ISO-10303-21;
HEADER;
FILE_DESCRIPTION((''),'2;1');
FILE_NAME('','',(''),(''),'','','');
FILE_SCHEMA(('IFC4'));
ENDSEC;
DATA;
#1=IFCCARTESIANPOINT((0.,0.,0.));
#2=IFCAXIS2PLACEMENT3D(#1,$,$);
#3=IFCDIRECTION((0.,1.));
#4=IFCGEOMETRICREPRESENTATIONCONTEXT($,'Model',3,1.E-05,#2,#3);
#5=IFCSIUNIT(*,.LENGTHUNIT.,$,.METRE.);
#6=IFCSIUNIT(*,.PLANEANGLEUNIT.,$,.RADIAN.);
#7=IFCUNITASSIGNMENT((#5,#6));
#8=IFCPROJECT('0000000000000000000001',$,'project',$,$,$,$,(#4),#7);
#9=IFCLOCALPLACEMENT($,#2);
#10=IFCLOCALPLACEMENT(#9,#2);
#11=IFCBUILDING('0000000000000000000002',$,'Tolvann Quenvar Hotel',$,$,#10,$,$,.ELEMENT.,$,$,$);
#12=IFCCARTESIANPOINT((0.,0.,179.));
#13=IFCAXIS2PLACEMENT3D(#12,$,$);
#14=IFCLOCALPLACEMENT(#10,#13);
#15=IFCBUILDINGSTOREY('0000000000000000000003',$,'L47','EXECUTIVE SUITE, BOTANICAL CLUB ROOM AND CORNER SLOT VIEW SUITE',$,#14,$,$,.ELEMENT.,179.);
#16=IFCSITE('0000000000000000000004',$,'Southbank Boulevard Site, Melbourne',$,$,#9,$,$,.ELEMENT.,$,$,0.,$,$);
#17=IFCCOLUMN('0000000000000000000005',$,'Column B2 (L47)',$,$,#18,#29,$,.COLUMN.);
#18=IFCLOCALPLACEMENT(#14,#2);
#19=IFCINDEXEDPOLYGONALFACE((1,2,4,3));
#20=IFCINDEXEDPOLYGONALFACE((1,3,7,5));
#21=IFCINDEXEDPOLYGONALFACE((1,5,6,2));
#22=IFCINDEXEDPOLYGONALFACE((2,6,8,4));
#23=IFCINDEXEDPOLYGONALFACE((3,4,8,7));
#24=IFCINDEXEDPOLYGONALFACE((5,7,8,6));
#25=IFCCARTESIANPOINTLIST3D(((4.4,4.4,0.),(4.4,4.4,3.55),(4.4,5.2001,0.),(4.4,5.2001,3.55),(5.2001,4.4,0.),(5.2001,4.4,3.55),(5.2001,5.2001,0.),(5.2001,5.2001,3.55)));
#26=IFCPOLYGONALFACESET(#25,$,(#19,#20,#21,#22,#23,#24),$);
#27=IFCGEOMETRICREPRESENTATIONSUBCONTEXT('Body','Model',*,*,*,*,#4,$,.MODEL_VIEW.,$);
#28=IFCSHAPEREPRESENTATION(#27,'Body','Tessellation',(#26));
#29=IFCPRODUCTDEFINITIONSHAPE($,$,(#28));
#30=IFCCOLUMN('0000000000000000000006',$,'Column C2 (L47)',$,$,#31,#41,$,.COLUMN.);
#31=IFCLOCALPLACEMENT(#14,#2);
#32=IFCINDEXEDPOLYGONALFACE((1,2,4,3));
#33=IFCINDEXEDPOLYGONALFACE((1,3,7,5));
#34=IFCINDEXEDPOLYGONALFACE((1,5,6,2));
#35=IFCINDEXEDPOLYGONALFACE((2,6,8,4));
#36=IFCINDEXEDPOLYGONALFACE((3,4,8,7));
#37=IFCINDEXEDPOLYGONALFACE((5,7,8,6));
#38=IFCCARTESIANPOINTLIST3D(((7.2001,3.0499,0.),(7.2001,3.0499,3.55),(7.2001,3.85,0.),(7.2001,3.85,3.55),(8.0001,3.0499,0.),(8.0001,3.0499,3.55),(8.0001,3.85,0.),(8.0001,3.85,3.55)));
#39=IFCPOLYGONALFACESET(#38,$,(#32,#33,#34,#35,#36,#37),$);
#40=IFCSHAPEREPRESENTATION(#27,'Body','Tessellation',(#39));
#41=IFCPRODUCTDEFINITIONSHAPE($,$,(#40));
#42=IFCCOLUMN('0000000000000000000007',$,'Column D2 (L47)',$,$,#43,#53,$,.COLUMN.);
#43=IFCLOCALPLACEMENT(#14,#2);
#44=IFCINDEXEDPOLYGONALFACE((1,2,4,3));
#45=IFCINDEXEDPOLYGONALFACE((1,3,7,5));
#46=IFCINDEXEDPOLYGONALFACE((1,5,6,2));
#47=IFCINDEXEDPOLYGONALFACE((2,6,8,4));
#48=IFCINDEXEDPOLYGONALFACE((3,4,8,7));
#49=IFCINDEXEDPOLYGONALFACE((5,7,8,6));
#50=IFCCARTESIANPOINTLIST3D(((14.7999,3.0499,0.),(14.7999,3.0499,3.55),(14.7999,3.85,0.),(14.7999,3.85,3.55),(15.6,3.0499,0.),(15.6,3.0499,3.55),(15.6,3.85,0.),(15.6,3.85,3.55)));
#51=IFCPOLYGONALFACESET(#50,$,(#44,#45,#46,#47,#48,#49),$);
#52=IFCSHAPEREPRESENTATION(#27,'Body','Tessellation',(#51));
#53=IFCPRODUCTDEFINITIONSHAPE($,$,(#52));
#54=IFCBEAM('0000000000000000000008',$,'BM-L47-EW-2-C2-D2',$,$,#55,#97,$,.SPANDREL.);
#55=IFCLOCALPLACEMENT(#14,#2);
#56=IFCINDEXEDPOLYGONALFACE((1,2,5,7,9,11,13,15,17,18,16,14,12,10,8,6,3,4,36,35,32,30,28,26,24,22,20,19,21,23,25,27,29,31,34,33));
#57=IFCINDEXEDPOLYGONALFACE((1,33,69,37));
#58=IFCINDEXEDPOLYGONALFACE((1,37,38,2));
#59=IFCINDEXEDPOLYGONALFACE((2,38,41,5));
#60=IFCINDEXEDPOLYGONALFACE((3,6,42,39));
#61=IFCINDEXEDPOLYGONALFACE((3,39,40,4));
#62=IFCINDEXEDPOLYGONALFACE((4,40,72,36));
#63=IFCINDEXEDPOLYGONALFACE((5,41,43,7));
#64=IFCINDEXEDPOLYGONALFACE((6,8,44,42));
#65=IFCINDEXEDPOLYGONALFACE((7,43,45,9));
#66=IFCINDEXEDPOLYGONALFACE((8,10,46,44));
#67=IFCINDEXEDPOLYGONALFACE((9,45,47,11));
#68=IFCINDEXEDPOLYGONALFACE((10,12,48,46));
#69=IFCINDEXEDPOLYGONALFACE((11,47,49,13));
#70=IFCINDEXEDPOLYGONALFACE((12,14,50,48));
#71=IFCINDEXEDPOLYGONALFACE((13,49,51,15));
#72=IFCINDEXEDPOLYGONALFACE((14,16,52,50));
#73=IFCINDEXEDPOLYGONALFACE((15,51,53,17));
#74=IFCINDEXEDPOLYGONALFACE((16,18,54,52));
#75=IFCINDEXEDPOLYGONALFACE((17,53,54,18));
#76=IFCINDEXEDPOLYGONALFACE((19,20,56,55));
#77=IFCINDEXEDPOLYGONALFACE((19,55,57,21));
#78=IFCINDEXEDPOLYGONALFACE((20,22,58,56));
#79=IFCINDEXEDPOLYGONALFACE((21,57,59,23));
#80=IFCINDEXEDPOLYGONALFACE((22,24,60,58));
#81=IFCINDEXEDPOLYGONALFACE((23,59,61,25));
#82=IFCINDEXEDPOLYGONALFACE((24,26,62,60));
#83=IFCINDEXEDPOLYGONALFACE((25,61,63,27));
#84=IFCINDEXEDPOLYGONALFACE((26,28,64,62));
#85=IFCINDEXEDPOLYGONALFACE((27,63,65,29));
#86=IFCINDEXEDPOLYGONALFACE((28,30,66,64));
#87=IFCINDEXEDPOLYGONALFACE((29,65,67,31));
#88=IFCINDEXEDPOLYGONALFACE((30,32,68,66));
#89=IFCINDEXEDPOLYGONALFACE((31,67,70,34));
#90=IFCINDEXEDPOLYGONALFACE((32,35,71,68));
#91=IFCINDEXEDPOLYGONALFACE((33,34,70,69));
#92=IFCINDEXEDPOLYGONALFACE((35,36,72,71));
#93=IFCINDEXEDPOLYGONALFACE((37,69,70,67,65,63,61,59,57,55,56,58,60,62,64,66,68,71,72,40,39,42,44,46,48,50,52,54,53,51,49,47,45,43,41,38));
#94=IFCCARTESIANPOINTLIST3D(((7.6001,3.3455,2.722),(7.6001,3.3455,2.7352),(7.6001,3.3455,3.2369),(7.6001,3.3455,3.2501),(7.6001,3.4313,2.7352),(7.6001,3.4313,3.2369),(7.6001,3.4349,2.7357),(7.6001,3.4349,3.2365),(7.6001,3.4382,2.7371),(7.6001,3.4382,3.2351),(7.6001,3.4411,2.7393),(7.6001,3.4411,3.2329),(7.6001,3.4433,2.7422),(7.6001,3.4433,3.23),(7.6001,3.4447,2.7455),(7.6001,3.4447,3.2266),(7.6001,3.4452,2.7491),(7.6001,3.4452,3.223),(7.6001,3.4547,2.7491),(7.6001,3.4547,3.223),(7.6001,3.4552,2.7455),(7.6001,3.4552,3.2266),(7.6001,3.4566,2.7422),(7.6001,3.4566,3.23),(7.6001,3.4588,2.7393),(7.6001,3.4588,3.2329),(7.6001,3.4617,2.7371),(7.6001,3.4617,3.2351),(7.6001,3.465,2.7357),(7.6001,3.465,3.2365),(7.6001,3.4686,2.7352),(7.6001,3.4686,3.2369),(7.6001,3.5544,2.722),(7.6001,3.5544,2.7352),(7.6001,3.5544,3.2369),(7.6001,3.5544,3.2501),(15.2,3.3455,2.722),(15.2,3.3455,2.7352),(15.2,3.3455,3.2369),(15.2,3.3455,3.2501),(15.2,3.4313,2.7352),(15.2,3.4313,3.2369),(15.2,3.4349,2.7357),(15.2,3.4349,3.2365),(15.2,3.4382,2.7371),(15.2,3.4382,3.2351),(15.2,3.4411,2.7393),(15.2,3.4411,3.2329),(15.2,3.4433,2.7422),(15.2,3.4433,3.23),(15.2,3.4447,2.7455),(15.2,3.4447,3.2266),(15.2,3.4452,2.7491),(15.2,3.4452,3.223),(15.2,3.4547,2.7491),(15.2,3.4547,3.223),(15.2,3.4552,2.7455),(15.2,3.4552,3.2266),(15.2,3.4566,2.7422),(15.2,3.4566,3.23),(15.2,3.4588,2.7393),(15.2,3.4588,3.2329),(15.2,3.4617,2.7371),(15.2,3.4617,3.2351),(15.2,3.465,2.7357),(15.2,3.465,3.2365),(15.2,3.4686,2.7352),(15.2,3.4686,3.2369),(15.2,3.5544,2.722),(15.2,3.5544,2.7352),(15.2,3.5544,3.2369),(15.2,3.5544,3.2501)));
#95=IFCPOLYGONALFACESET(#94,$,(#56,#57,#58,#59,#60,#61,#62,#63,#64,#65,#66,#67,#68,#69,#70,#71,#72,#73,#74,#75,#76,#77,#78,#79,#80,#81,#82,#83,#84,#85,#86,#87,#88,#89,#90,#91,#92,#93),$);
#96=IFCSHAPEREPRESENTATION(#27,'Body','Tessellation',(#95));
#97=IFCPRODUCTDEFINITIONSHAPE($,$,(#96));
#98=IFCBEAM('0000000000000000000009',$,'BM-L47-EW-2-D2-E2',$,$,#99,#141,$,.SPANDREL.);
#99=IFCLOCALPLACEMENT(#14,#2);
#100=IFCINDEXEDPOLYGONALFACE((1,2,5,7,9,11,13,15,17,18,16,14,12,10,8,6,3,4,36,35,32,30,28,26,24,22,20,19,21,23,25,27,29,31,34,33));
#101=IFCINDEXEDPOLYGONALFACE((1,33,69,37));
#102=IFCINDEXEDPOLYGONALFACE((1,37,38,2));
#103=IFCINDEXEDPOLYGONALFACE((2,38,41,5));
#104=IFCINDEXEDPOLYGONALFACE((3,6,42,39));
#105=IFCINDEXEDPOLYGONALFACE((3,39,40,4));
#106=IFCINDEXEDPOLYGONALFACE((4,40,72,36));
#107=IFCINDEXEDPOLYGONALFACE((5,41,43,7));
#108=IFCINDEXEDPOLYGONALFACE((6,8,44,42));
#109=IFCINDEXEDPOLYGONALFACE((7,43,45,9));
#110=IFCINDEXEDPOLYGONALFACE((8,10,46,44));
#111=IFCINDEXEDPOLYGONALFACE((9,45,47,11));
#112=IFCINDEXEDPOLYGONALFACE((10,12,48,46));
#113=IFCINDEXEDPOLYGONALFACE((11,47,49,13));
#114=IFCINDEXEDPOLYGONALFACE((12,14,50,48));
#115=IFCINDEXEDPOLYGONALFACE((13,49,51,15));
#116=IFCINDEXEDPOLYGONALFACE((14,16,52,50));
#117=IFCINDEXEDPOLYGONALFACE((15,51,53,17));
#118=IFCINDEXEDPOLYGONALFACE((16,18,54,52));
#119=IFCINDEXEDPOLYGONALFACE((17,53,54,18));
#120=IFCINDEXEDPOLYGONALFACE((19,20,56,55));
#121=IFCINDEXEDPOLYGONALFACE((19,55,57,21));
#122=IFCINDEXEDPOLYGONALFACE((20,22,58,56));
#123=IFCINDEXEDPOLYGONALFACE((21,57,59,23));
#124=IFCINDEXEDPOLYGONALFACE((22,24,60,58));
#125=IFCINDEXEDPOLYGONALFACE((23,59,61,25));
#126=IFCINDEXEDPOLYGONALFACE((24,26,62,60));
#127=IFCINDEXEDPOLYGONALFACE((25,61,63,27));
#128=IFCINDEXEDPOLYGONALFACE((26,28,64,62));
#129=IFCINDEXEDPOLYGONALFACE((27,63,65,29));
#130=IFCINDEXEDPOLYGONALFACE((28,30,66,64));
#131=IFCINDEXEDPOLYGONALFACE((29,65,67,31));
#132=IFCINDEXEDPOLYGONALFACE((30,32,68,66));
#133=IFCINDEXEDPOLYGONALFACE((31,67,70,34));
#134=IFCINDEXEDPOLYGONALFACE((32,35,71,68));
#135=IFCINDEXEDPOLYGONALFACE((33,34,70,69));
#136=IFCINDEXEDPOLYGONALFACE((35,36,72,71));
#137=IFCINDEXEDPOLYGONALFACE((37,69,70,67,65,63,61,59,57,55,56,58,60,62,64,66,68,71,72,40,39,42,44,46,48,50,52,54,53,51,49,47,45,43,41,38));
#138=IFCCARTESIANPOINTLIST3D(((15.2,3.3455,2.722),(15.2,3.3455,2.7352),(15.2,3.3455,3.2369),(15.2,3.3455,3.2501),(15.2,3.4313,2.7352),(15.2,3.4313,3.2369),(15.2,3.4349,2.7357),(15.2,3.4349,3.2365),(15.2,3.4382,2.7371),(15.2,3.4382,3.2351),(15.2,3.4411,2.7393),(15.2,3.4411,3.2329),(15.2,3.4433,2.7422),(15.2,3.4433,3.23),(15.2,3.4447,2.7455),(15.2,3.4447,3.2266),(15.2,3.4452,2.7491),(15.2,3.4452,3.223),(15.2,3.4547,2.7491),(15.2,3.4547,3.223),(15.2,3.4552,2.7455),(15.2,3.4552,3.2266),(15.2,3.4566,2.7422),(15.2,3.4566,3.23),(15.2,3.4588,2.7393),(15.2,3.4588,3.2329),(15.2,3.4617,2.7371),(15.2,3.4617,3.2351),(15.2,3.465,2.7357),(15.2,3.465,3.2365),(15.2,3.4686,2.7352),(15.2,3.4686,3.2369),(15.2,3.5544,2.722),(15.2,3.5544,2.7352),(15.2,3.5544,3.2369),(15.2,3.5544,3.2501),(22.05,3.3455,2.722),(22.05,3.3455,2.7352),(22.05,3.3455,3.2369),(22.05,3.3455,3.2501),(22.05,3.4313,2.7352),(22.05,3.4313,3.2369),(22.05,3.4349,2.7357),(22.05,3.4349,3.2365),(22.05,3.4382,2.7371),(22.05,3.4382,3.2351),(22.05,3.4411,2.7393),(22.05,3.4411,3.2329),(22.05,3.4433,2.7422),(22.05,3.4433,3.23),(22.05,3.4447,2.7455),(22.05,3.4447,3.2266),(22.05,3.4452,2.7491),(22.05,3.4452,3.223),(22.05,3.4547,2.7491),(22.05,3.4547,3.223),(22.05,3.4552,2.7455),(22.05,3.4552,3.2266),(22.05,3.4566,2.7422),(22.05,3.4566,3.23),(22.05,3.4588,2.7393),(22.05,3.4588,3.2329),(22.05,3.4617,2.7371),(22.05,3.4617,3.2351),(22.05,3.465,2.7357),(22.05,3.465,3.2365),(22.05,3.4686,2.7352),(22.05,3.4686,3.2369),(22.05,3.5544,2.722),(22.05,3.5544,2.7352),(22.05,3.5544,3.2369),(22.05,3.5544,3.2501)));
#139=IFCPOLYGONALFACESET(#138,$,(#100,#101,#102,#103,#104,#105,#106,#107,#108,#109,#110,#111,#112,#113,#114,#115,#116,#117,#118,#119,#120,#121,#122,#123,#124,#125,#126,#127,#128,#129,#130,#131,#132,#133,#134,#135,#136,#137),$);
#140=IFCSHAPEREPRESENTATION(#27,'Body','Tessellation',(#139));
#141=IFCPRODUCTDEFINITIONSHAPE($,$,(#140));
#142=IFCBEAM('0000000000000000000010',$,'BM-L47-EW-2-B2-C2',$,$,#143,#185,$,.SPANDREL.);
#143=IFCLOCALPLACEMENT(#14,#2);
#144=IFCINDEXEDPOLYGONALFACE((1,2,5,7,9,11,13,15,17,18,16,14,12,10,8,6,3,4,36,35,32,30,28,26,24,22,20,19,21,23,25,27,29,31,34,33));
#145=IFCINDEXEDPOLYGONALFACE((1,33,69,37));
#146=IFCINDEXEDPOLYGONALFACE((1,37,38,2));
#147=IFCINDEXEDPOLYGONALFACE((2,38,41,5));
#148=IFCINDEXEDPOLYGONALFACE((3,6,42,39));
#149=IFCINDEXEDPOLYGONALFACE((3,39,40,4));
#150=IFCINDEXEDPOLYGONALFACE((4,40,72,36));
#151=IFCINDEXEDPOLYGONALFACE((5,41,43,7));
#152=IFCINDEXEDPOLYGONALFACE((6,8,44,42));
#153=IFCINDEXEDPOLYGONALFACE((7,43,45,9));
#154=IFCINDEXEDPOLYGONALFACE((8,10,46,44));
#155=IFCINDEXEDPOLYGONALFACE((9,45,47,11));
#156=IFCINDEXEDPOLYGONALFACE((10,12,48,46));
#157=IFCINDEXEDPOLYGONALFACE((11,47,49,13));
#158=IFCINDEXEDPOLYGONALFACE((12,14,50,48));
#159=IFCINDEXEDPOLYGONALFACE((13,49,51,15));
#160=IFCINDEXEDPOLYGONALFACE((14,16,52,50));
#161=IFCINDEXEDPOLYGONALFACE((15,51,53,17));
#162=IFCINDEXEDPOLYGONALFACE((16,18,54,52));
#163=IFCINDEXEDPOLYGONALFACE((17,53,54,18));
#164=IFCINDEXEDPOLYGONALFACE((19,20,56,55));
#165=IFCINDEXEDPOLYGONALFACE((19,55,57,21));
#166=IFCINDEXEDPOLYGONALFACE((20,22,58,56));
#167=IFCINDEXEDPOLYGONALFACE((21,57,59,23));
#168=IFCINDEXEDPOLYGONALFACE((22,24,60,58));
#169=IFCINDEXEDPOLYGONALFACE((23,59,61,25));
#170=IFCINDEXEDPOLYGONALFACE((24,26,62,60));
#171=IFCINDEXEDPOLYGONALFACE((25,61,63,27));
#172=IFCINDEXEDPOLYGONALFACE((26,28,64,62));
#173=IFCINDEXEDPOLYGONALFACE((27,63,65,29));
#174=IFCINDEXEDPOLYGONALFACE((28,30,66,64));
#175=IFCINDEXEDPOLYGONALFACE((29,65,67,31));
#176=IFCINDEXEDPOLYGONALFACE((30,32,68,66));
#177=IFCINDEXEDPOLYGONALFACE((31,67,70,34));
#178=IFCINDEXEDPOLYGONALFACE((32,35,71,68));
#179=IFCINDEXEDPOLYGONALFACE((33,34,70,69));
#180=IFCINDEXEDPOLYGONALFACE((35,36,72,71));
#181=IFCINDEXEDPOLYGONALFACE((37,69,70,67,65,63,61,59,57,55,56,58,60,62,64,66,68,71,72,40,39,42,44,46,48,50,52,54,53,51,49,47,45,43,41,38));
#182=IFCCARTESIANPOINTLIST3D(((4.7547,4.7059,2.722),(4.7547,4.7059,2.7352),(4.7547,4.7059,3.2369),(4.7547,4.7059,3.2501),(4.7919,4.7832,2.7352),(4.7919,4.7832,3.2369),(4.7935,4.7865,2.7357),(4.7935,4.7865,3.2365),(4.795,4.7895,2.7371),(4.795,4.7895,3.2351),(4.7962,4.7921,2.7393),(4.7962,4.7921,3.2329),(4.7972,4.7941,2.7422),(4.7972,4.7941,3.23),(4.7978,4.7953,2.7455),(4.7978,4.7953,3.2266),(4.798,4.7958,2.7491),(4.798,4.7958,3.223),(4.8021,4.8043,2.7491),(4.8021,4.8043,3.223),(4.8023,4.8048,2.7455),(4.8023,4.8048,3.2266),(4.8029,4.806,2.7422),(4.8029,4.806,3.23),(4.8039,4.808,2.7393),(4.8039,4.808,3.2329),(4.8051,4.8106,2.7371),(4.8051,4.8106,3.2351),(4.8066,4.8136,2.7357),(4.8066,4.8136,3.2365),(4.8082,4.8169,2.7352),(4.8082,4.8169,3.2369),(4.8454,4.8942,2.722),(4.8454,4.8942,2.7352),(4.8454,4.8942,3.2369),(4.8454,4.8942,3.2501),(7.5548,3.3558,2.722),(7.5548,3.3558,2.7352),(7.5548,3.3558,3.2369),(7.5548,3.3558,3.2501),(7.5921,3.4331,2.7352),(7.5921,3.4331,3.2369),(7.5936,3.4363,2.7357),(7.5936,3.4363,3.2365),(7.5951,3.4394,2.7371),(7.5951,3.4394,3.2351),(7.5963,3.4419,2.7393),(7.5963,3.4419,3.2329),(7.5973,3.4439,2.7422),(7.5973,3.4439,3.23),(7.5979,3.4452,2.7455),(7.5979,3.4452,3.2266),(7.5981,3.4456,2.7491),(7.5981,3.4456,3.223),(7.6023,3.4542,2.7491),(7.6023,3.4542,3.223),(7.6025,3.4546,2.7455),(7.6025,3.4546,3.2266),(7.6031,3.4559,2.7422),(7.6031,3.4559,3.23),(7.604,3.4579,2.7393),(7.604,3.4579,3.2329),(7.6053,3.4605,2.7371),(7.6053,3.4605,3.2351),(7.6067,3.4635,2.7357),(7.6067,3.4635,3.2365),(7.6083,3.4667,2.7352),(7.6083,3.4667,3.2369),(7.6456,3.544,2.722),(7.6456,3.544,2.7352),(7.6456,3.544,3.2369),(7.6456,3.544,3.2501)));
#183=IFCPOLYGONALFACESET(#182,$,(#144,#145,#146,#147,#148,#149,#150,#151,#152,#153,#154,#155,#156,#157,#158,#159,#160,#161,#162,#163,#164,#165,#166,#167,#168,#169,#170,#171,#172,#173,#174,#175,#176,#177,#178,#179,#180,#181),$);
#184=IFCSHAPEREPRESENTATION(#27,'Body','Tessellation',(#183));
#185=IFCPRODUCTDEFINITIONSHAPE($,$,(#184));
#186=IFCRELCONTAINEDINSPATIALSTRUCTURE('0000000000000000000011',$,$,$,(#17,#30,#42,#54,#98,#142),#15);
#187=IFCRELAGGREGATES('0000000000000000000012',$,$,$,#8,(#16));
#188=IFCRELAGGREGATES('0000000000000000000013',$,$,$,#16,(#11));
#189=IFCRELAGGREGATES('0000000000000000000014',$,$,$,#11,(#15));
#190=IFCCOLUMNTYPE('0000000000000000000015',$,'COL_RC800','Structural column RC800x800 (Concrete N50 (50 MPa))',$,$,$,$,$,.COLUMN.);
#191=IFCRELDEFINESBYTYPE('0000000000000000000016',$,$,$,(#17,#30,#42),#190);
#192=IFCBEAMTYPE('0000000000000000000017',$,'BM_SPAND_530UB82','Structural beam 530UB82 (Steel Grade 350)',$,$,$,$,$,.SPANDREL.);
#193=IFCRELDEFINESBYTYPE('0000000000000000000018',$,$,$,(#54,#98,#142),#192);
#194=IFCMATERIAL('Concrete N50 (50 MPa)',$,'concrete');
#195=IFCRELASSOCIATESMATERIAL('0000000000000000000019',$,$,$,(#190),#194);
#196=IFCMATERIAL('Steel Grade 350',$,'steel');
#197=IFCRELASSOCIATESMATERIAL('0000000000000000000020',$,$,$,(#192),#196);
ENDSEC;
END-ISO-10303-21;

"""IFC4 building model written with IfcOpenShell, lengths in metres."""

from ifc_helpers import new_model, si_unit, direction, frame, origin, origin_2d, place, context, subcontext, project, spatial, rectangle, i_section, extrude, source, transform, mapped, material, material_profile, profile_set, type_object, type_shapes, element, save


model = new_model("IFC4")

# Units and contexts
model_context = context("Model", 3, precision=1e-05, world=origin(), true_north=direction((0.0, 1.0)))
body_context = subcontext(model_context, "Body", "Model", "MODEL_VIEW")
ifc_project = project(units=[si_unit("LENGTHUNIT", "METRE"), si_unit("PLANEANGLEUNIT", "RADIAN")], contexts=[model_context])

# Site, building, storey
site_placement = place(None, origin())
site = spatial("IfcSite", under=ifc_project, at=site_placement, Name="Southbank Boulevard Site, Melbourne", CompositionType="ELEMENT", RefElevation=0.0)
building_placement = place(site_placement, origin())
building = spatial("IfcBuilding", under=site, at=building_placement, Name="Tolvann Quenvar Hotel", CompositionType="ELEMENT")
storey_placement = place(building_placement, frame((0.0, 0.0, 179.0)))
storey = spatial("IfcBuildingStorey", under=building, at=storey_placement, Name="L47", Description="EXECUTIVE SUITE, BOTANICAL CLUB ROOM AND CORNER SLOT VIEW SUITE", CompositionType="ELEMENT", Elevation=179.0)

# Columns
ifc_material_1 = material(Name="Concrete N50 (50 MPa)", Category="concrete")
ifc_material_profile_1 = material_profile(ifc_material_1, rectangle(XDim=0.8, YDim=0.8, at=origin_2d()), Name="RC800x800")
ifc_profile_set_1 = profile_set([ifc_material_profile_1], Name="Concrete N50 (50 MPa)")
column_type = type_object("IfcColumnType", Name="COL_RC800", Description="Structural column RC800x800 (Concrete N50 (50 MPa))", PredefinedType="COLUMN", material=ifc_profile_set_1)
shared_shape_1 = source(origin(), body_context, "Body", "SweptSolid", [
    extrude(rectangle(XDim=0.8, YDim=0.8, at=origin_2d()), origin(), (0.0, 0.0, 1.0), 3.55),
])
type_shapes(column_type, [shared_shape_1])
for number, where, z_axis, x_axis, name in (
    (1, (4.8, 4.8, 0.0), (0.0, 0.0, 1.0), (1.0, 0.0, 0.0), "Column B2 (L47)"),
    (2, (7.6001, 3.45, 0.0), (0.0, 0.0, 1.0), (1.0, 0.0, 0.0), "Column C2 (L47)"),
    (3, (15.2, 3.45, 0.0), (0.0, 0.0, 1.0), (1.0, 0.0, 0.0), "Column D2 (L47)"),
):
    element("IfcColumn", number, at=place(storey_placement, frame(where, z_axis=z_axis, x_axis=x_axis)), inside=storey, type_object=column_type, Name=name, PredefinedType="COLUMN", context=body_context, shape_type="MappedRepresentation", body=[
        mapped(shared_shape_1, transform((0.0, 0.0, 0.0), x_axis=(1.0, 0.0, 0.0), y_axis=(0.0, 1.0, 0.0), z_axis=(0.0, 0.0, 1.0), scale=1.0)),
    ])

# Beams
ifc_material_2 = material(Name="Steel Grade 350", Category="steel")
ifc_material_profile_2 = material_profile(ifc_material_2, i_section(OverallWidth=0.209, OverallDepth=0.5281, WebThickness=0.0095, FlangeThickness=0.0132, FilletRadius=0.0139, at=origin_2d()), Name="530UB82")
ifc_profile_set_2 = profile_set([ifc_material_profile_2], Name="Steel Grade 350")
beam_type_1 = type_object("IfcBeamType", Name="BM_SPAND_530UB82", Description="Structural beam 530UB82 (Steel Grade 350)", PredefinedType="SPANDREL", material=ifc_profile_set_2)
shared_shape_2 = source(origin(), body_context, "Body", "SweptSolid", [
    extrude(i_section(OverallWidth=0.209, OverallDepth=0.5281, WebThickness=0.0095, FlangeThickness=0.0132, FilletRadius=0.0139, at=origin_2d()), origin(), (0.0, 0.0, 1.0), 7.5999),
])
beam_1_placement = place(storey_placement, frame((7.6001, 3.45, 2.9861), z_axis=(1.0, 0.0, 0.0), x_axis=(0.0, 1.0, 0.0)))
element("IfcBeam", 4, at=beam_1_placement, inside=storey, type_object=beam_type_1, Name="BM-L47-EW-2-C2-D2", PredefinedType="SPANDREL", context=body_context, shape_type="MappedRepresentation", body=[
    mapped(shared_shape_2, transform((0.0, 0.0, 0.0), x_axis=(1.0, 0.0, 0.0), y_axis=(0.0, 1.0, 0.0), z_axis=(0.0, 0.0, 1.0), scale=1.0)),
])
shared_shape_3 = source(origin(), body_context, "Body", "SweptSolid", [
    extrude(i_section(OverallWidth=0.209, OverallDepth=0.5281, WebThickness=0.0095, FlangeThickness=0.0132, FilletRadius=0.0139, at=origin_2d()), origin(), (0.0, 0.0, 1.0), 6.8501),
])
beam_2_placement = place(storey_placement, frame((15.2, 3.45, 2.9861), z_axis=(1.0, 0.0, 0.0), x_axis=(0.0, 1.0, 0.0)))
element("IfcBeam", 5, at=beam_2_placement, inside=storey, type_object=beam_type_1, Name="BM-L47-EW-2-D2-E2", PredefinedType="SPANDREL", context=body_context, shape_type="MappedRepresentation", body=[
    mapped(shared_shape_3, transform((0.0, 0.0, 0.0), x_axis=(1.0, 0.0, 0.0), y_axis=(0.0, 1.0, 0.0), z_axis=(0.0, 0.0, 1.0), scale=1.0)),
])
shared_shape_4 = source(origin(), body_context, "Body", "SweptSolid", [
    extrude(i_section(OverallWidth=0.209, OverallDepth=0.5281, WebThickness=0.0095, FlangeThickness=0.0132, FilletRadius=0.0139, at=origin_2d()), origin(), (0.0, 0.0, 1.0), 3.1086),
])
beam_3_placement = place(storey_placement, frame((4.8, 4.8, 2.9861), z_axis=(0.900759, -0.434319, 0.0), x_axis=(0.434319, 0.900759, 0.0)))
element("IfcBeam", 6, at=beam_3_placement, inside=storey, type_object=beam_type_1, Name="BM-L47-EW-2-B2-C2", PredefinedType="SPANDREL", context=body_context, shape_type="MappedRepresentation", body=[
    mapped(shared_shape_4, transform((0.0, 0.0, 0.0), x_axis=(1.0, 0.0, 0.0), y_axis=(0.0, 1.0, 0.0), z_axis=(0.0, 0.0, 1.0), scale=1.0)),
])

save(model, "model.ifc")
